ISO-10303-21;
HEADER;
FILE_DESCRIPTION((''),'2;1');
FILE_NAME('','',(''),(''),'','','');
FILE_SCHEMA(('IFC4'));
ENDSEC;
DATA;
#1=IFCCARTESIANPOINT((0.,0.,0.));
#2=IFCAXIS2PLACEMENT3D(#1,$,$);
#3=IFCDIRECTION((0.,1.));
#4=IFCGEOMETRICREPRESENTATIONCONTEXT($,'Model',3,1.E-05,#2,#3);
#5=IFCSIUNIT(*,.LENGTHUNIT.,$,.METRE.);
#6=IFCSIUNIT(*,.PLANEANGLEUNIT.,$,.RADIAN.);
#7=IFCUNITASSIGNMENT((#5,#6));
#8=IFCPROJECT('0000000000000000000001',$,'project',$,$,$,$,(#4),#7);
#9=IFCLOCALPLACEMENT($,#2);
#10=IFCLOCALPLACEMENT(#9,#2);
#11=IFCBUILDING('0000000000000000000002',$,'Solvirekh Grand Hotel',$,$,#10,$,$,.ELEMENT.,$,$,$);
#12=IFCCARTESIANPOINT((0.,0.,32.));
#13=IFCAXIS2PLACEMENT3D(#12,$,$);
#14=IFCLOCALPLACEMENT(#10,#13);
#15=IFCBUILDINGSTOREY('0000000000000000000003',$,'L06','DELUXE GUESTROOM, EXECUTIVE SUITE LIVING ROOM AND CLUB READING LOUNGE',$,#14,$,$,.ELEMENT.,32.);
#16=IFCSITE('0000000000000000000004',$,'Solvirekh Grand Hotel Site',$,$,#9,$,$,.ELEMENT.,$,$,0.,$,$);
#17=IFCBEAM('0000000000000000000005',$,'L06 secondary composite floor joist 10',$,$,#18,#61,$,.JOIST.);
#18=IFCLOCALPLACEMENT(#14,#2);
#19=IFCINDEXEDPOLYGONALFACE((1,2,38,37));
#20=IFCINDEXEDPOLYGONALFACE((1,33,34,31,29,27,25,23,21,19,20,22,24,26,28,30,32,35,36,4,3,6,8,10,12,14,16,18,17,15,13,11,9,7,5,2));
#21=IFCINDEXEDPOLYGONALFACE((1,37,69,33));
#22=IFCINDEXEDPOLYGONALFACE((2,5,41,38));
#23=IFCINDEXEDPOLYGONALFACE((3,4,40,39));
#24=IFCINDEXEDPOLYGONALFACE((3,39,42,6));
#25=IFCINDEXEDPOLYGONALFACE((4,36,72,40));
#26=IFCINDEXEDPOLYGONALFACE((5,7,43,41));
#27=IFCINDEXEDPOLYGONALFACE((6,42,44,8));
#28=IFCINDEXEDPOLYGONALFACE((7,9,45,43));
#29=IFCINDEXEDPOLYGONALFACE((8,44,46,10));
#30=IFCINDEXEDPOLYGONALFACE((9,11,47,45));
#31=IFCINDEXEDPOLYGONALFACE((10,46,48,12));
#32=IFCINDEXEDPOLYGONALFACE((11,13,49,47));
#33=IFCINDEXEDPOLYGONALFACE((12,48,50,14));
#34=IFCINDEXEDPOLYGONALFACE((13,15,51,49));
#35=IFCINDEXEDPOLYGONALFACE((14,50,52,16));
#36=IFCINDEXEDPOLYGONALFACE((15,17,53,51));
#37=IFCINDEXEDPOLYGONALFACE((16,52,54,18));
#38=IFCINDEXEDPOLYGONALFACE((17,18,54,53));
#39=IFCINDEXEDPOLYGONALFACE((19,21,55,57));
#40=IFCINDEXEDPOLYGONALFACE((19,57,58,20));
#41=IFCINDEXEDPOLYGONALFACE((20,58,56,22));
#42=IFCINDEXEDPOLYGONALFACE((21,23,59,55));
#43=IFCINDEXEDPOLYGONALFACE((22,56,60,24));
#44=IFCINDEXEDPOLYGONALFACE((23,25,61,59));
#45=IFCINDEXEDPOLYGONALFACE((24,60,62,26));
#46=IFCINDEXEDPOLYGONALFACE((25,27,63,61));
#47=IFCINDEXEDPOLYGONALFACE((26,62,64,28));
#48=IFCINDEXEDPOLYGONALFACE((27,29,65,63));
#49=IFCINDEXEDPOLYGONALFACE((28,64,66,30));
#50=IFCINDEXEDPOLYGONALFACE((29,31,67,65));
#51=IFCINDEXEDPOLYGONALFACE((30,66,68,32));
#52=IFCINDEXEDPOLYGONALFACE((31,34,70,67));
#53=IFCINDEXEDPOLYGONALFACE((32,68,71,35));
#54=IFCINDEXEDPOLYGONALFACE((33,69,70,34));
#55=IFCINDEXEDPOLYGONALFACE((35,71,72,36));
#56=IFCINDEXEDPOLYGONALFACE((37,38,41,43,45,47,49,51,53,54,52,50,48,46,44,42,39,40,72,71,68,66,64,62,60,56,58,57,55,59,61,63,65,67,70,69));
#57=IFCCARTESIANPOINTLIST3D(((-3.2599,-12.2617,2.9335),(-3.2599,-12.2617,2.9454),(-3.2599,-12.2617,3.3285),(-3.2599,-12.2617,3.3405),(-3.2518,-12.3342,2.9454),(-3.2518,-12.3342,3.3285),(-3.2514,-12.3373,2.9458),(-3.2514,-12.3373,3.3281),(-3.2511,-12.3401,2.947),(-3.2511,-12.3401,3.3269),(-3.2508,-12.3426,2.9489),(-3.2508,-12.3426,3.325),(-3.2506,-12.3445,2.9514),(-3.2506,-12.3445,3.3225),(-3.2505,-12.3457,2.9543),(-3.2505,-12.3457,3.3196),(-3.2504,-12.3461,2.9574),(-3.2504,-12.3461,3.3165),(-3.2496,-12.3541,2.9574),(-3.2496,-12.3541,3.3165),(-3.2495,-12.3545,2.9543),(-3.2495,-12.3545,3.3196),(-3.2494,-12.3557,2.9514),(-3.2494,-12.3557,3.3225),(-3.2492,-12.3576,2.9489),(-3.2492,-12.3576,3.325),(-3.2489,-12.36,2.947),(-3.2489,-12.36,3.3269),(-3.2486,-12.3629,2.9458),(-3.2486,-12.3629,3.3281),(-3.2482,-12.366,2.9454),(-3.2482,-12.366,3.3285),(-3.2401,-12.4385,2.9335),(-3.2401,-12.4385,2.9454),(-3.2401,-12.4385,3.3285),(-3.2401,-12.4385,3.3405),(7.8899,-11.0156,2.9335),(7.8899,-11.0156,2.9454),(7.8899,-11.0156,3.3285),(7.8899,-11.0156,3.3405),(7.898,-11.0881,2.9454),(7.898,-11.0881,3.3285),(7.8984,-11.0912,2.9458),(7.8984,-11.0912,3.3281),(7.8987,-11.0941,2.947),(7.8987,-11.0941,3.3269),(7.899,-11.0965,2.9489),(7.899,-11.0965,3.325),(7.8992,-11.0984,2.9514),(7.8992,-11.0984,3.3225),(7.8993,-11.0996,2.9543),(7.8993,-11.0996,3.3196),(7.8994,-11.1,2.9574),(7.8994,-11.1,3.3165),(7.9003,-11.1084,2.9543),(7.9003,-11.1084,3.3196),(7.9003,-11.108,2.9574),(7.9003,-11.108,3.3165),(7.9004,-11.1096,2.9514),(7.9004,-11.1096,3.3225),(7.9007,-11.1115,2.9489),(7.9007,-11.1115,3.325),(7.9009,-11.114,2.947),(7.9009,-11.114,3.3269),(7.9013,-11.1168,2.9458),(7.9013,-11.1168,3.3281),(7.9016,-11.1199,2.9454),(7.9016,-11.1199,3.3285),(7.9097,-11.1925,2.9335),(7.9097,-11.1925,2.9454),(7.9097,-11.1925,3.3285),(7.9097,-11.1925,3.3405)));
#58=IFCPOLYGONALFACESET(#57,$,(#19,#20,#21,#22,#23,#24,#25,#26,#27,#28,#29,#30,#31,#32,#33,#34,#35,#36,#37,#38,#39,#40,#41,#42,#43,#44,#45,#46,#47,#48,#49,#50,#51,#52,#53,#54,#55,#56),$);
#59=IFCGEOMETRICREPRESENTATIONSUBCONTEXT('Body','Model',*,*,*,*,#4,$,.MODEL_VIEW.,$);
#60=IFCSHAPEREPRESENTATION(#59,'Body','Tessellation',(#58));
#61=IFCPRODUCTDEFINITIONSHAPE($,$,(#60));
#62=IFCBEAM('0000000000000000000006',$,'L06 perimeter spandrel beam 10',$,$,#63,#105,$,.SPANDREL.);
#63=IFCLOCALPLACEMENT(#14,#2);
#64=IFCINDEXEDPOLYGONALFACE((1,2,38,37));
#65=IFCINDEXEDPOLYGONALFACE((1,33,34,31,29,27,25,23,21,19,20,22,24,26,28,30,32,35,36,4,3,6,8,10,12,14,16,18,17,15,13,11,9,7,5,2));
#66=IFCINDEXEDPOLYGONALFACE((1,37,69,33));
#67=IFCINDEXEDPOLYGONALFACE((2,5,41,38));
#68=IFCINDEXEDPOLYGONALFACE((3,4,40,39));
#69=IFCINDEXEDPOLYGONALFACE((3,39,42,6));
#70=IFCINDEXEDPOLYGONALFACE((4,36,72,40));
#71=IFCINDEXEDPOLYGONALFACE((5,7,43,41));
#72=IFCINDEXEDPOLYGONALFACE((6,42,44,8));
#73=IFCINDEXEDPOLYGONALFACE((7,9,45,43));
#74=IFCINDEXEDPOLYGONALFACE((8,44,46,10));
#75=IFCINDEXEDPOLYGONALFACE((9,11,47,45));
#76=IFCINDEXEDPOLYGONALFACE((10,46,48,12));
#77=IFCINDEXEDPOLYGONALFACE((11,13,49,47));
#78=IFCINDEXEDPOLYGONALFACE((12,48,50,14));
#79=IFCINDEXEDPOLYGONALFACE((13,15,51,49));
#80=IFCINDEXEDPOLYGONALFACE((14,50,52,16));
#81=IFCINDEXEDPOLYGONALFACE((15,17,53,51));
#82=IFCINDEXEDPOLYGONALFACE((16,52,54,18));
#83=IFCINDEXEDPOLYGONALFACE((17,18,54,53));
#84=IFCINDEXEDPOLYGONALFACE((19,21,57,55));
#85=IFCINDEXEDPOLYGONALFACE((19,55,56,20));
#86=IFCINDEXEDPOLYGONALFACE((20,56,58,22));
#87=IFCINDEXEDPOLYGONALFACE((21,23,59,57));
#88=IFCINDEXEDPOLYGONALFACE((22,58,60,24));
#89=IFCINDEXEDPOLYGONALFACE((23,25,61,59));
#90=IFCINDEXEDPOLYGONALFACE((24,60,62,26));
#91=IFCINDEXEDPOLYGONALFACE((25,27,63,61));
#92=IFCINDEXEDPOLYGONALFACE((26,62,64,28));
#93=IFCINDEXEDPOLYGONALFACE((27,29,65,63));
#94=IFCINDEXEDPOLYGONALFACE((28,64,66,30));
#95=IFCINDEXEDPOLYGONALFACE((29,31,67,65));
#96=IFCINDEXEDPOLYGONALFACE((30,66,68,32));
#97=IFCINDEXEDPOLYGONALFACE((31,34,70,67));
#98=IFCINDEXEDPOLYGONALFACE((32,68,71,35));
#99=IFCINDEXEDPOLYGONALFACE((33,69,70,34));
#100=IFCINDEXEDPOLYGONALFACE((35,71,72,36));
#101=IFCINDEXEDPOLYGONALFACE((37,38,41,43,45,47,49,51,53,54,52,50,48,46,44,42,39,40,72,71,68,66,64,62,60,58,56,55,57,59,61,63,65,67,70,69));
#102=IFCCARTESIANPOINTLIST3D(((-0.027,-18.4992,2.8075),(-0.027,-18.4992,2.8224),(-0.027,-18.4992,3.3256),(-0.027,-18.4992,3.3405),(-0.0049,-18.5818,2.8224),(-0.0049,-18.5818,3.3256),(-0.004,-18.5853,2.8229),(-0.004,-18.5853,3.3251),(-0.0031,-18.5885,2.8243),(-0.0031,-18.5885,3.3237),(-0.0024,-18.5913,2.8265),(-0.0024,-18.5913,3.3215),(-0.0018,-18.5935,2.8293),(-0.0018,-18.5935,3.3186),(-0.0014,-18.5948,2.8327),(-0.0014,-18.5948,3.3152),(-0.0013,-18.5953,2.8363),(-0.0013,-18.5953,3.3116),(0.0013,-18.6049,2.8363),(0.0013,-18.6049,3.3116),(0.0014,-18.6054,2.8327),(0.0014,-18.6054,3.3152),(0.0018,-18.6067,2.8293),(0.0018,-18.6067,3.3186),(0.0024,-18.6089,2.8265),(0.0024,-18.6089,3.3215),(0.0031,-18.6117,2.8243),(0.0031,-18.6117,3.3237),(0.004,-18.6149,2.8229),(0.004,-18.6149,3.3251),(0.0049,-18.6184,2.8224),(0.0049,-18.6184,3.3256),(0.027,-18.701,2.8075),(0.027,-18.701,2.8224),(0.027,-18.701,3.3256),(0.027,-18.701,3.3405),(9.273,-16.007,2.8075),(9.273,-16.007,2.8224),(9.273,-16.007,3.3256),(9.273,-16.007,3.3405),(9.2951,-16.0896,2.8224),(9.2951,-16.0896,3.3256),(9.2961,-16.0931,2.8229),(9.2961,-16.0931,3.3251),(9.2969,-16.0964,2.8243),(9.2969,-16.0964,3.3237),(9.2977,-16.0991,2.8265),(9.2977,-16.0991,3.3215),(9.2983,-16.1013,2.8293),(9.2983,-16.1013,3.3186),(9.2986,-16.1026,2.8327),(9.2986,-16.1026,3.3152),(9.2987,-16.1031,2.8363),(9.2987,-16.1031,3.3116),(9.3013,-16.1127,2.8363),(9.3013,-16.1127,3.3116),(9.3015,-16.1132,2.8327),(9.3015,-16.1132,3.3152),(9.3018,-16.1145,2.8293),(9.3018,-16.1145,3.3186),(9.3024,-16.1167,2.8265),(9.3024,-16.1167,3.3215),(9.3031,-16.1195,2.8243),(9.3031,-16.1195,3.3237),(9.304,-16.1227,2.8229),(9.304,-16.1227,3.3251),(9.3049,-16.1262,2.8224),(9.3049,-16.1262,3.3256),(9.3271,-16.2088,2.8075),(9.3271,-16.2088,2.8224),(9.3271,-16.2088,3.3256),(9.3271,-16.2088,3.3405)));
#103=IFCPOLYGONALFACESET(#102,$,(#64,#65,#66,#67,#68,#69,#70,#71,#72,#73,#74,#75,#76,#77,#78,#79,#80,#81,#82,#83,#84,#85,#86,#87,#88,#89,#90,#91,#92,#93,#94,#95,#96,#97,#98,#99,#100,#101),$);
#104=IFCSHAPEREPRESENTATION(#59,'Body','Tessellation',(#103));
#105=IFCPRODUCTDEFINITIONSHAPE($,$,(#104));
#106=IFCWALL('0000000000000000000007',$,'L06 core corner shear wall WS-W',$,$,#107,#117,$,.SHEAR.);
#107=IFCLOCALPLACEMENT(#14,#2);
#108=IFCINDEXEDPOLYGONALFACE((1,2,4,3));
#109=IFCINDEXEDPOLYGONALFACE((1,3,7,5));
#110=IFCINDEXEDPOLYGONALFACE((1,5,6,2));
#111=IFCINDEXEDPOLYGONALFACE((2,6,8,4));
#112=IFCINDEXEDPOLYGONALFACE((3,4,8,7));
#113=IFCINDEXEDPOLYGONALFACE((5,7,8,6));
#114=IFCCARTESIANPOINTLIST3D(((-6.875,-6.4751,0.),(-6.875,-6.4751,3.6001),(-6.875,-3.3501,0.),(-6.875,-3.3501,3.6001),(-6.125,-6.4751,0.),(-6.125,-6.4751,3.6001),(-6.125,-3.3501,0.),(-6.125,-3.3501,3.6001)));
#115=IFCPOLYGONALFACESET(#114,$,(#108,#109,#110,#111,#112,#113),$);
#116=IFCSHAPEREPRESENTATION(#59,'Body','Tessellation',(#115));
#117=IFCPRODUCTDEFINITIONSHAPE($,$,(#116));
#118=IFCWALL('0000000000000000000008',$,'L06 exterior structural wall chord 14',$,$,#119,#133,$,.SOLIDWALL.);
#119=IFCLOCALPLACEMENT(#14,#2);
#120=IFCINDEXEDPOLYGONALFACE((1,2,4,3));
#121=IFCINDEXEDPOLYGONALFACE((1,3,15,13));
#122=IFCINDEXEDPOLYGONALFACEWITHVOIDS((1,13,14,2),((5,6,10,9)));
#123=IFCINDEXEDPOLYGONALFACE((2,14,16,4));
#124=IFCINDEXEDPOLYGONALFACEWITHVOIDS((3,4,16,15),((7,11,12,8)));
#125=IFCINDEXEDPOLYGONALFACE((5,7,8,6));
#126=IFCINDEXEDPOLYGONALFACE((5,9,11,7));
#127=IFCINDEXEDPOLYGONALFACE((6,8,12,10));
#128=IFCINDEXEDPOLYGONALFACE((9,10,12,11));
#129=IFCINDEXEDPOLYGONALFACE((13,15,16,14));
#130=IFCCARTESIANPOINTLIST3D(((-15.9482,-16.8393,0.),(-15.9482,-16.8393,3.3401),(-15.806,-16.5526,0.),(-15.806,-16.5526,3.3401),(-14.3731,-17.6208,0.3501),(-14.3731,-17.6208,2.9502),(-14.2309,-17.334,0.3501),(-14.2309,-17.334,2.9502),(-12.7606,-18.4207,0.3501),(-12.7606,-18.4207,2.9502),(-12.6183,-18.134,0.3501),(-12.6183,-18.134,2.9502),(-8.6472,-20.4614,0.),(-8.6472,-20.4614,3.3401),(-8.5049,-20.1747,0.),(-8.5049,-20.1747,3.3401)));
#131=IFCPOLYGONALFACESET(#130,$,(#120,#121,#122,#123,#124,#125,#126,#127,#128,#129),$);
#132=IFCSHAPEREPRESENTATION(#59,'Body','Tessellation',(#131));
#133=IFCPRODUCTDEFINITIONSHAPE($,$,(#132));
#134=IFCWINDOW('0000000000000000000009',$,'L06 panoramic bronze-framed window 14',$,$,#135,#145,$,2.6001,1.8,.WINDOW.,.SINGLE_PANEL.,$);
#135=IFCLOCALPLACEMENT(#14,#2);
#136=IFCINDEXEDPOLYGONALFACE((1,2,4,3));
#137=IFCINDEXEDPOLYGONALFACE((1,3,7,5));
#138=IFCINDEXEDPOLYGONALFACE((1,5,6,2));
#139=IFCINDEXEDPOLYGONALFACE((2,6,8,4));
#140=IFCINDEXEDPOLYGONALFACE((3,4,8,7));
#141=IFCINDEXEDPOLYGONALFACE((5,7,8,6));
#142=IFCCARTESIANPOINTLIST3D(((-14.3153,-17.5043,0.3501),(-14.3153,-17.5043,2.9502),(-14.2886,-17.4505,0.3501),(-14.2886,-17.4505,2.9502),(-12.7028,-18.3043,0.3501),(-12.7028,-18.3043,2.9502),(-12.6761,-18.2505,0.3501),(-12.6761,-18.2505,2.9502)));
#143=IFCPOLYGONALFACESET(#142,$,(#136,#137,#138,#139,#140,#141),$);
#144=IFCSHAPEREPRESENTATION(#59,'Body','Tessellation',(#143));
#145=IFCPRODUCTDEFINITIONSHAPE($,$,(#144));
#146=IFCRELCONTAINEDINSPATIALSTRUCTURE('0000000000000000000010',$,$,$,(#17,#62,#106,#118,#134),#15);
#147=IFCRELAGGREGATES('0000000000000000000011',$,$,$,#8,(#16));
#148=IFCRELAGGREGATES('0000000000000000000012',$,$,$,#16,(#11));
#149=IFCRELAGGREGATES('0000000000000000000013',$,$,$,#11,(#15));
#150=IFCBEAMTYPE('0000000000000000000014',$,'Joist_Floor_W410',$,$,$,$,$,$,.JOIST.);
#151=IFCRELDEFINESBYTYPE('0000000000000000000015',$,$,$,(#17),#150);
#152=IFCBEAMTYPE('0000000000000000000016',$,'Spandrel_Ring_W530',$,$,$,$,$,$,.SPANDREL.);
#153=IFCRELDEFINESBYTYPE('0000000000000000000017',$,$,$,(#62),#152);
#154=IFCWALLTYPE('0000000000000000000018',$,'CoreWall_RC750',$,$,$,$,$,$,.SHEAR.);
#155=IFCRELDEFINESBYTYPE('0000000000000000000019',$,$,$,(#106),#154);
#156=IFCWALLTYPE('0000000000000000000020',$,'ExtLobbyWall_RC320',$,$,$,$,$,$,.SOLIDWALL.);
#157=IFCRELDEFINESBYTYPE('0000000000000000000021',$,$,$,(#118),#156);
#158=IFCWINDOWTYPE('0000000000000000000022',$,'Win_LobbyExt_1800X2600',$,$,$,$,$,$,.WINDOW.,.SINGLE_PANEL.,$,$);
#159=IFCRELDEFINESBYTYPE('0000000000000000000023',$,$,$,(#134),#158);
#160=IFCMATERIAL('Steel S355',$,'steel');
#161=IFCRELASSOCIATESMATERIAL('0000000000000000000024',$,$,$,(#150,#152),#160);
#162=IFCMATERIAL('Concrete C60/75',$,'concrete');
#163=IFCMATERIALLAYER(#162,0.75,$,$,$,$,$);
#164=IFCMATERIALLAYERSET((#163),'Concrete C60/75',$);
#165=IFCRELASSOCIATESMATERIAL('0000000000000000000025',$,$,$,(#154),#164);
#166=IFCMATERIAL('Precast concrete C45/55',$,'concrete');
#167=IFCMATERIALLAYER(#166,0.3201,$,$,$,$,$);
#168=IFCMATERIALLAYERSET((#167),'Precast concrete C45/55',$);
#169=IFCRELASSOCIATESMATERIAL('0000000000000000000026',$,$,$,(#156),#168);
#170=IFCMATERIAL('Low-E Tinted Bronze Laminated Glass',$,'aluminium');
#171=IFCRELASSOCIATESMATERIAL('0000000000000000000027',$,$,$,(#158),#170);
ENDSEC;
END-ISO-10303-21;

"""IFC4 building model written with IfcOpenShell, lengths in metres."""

from ifc_helpers import new_model, si_unit, direction, frame, frame_2d, origin, origin_2d, place, context, subcontext, project, spatial, rectangle, i_section, extrude, material, layer, layer_set, material_profile, profile_set, type_object, element, fill, save


model = new_model("IFC4")

# Units and contexts
model_context = context("Model", 3, precision=1e-05, world=origin(), true_north=direction((0.0, 1.0)))
body_context = subcontext(model_context, "Body", "Model", "MODEL_VIEW")
ifc_project = project(units=[si_unit("LENGTHUNIT", "METRE"), si_unit("PLANEANGLEUNIT", "RADIAN")], contexts=[model_context])

# Site, building, storey
site_placement = place(None, origin())
site = spatial("IfcSite", under=ifc_project, at=site_placement, Name="Solvirekh Grand Hotel Site", CompositionType="ELEMENT", RefElevation=0.0)
building_placement = place(site_placement, origin())
building = spatial("IfcBuilding", under=site, at=building_placement, Name="Solvirekh Grand Hotel", CompositionType="ELEMENT")
storey_placement = place(building_placement, frame((0.0, 0.0, 32.0)))
storey = spatial("IfcBuildingStorey", under=building, at=storey_placement, Name="L06", Description="DELUXE GUESTROOM, EXECUTIVE SUITE LIVING ROOM AND CLUB READING LOUNGE", CompositionType="ELEMENT", Elevation=32.0)

# Shared definitions
ifc_material_1 = material(Name="Concrete C60/75", Category="concrete")

# Beams
ifc_material_2 = material(Name="Steel S355", Category="steel")
ifc_material_profile_1 = material_profile(ifc_material_2, i_section(OverallWidth=0.178, OverallDepth=0.407, WebThickness=0.0081, FlangeThickness=0.012, FilletRadius=0.012, at=origin_2d()), Name="W410X60")
ifc_profile_set_1 = profile_set([ifc_material_profile_1], Name="Steel S355")
beam_type_1 = type_object("IfcBeamType", Name="Joist_Floor_W410", PredefinedType="JOIST", material=ifc_profile_set_1)
beam_1_placement = place(storey_placement, frame((-3.25, -12.3501, 3.137), z_axis=(0.993813, 0.111067, 0.0), x_axis=(-0.111067, 0.993813, 0.0)))
element("IfcBeam", 1, at=beam_1_placement, inside=storey, type_object=beam_type_1, Name="L06 secondary composite floor joist 10", PredefinedType="JOIST", context=body_context, shape_type="SweptSolid", body=[
    extrude(i_section(OverallWidth=0.178, OverallDepth=0.407, WebThickness=0.0081, FlangeThickness=0.012, FilletRadius=0.012, at=origin_2d()), origin(), (0.0, 0.0, 1.0), 11.2192),
])
ifc_material_profile_2 = material_profile(ifc_material_2, i_section(OverallWidth=0.209, OverallDepth=0.533, WebThickness=0.01, FlangeThickness=0.0149, FilletRadius=0.0139, at=origin_2d()), Name="W530X92")
ifc_profile_set_2 = profile_set([ifc_material_profile_2], Name="Steel S355")
beam_type_2 = type_object("IfcBeamType", Name="Spandrel_Ring_W530", PredefinedType="SPANDREL", material=ifc_profile_set_2)
beam_2_placement = place(storey_placement, frame((0.0, -18.6001, 3.074), z_axis=(0.965919, 0.258843, 0.0), x_axis=(-0.258843, 0.965919, 0.0)))
element("IfcBeam", 2, at=beam_2_placement, inside=storey, type_object=beam_type_2, Name="L06 perimeter spandrel beam 10", PredefinedType="SPANDREL", context=body_context, shape_type="SweptSolid", body=[
    extrude(i_section(OverallWidth=0.209, OverallDepth=0.533, WebThickness=0.01, FlangeThickness=0.0149, FilletRadius=0.0139, at=origin_2d()), origin(), (0.0, 0.0, 1.0), 9.6282),
])

# Wall
ifc_layer_1 = layer(ifc_material_1, 0.75)
ifc_layer_set_1 = layer_set([ifc_layer_1], Name="Concrete C60/75")
wall_type_1 = type_object("IfcWallType", Name="CoreWall_RC750", PredefinedType="SHEAR", material=ifc_layer_set_1)
wall_1_placement = place(storey_placement, frame((-6.5, -6.4751, 0.0), z_axis=(0.0, 0.0, 1.0), x_axis=(0.0, 1.0, 0.0)))
element("IfcWall", 3, at=wall_1_placement, inside=storey, type_object=wall_type_1, Name="L06 core corner shear wall WS-W", PredefinedType="SHEAR", context=body_context, shape_type="SweptSolid", body=[
    extrude(rectangle(XDim=3.125, YDim=0.75, at=frame_2d((1.5625, 0.0))), origin(), (0.0, 0.0, 1.0), 3.6001),
])

# Wall, opening, window
ifc_material_3 = material(Name="Precast concrete C45/55", Category="concrete")
ifc_layer_2 = layer(ifc_material_3, 0.3201)
ifc_layer_set_2 = layer_set([ifc_layer_2], Name="Precast concrete C45/55")
wall_type_2 = type_object("IfcWallType", Name="ExtLobbyWall_RC320", PredefinedType="SOLIDWALL", material=ifc_layer_set_2)
wall_2_placement = place(storey_placement, frame((-8.5759, -20.3181, 0.0), z_axis=(0.0, 0.0, 1.0), x_axis=(-0.895819, 0.44442, 0.0)))
wall_2 = element("IfcWall", 4, at=wall_2_placement, inside=storey, type_object=wall_type_2, Name="L06 exterior structural wall chord 14", PredefinedType="SOLIDWALL", context=body_context, shape_type="SweptSolid", body=[
    extrude(rectangle(XDim=8.1501, YDim=0.3201, at=frame_2d((4.0752, 0.0))), origin(), (0.0, 0.0, 1.0), 3.3401),
])
opening_1_placement = place(wall_2_placement, frame((4.592, 0.0, 0.3501)))
opening_1 = element("IfcOpeningElement", 5, at=opening_1_placement, cuts=wall_2, PredefinedType="OPENING", context=body_context, shape_type="SweptSolid", body=[
    extrude(rectangle(XDim=1.8, YDim=2.6001, at=frame_2d((0.8999, 1.3))), frame((0.0, 0.1699, 0.0), z_axis=(0.0, -1.0, 0.0), x_axis=(1.0, 0.0, 0.0)), (0.0, 0.0, 1.0), 0.3401),
])
ifc_material_4 = material(Name="Low-E Tinted Bronze Laminated Glass", Category="aluminium")
window_type = type_object("IfcWindowType", Name="Win_LobbyExt_1800X2600", PartitioningType="SINGLE_PANEL", PredefinedType="WINDOW", material=ifc_material_4)
window_1_placement = place(opening_1_placement, origin())
window_1 = element("IfcWindow", 6, at=window_1_placement, inside=storey, type_object=window_type, Name="L06 panoramic bronze-framed window 14", OverallHeight=2.6001, OverallWidth=1.8, PartitioningType="SINGLE_PANEL", PredefinedType="WINDOW", context=body_context, shape_type="SweptSolid", body=[
    extrude(rectangle(XDim=1.8, YDim=2.6001, at=frame_2d((0.8999, 1.3))), frame((0.0, 0.03, 0.0), z_axis=(0.0, -1.0, 0.0), x_axis=(1.0, 0.0, 0.0)), (0.0, 0.0, 1.0), 0.0601),
])
fill(opening_1, window_1)

save(model, "model.ifc")
